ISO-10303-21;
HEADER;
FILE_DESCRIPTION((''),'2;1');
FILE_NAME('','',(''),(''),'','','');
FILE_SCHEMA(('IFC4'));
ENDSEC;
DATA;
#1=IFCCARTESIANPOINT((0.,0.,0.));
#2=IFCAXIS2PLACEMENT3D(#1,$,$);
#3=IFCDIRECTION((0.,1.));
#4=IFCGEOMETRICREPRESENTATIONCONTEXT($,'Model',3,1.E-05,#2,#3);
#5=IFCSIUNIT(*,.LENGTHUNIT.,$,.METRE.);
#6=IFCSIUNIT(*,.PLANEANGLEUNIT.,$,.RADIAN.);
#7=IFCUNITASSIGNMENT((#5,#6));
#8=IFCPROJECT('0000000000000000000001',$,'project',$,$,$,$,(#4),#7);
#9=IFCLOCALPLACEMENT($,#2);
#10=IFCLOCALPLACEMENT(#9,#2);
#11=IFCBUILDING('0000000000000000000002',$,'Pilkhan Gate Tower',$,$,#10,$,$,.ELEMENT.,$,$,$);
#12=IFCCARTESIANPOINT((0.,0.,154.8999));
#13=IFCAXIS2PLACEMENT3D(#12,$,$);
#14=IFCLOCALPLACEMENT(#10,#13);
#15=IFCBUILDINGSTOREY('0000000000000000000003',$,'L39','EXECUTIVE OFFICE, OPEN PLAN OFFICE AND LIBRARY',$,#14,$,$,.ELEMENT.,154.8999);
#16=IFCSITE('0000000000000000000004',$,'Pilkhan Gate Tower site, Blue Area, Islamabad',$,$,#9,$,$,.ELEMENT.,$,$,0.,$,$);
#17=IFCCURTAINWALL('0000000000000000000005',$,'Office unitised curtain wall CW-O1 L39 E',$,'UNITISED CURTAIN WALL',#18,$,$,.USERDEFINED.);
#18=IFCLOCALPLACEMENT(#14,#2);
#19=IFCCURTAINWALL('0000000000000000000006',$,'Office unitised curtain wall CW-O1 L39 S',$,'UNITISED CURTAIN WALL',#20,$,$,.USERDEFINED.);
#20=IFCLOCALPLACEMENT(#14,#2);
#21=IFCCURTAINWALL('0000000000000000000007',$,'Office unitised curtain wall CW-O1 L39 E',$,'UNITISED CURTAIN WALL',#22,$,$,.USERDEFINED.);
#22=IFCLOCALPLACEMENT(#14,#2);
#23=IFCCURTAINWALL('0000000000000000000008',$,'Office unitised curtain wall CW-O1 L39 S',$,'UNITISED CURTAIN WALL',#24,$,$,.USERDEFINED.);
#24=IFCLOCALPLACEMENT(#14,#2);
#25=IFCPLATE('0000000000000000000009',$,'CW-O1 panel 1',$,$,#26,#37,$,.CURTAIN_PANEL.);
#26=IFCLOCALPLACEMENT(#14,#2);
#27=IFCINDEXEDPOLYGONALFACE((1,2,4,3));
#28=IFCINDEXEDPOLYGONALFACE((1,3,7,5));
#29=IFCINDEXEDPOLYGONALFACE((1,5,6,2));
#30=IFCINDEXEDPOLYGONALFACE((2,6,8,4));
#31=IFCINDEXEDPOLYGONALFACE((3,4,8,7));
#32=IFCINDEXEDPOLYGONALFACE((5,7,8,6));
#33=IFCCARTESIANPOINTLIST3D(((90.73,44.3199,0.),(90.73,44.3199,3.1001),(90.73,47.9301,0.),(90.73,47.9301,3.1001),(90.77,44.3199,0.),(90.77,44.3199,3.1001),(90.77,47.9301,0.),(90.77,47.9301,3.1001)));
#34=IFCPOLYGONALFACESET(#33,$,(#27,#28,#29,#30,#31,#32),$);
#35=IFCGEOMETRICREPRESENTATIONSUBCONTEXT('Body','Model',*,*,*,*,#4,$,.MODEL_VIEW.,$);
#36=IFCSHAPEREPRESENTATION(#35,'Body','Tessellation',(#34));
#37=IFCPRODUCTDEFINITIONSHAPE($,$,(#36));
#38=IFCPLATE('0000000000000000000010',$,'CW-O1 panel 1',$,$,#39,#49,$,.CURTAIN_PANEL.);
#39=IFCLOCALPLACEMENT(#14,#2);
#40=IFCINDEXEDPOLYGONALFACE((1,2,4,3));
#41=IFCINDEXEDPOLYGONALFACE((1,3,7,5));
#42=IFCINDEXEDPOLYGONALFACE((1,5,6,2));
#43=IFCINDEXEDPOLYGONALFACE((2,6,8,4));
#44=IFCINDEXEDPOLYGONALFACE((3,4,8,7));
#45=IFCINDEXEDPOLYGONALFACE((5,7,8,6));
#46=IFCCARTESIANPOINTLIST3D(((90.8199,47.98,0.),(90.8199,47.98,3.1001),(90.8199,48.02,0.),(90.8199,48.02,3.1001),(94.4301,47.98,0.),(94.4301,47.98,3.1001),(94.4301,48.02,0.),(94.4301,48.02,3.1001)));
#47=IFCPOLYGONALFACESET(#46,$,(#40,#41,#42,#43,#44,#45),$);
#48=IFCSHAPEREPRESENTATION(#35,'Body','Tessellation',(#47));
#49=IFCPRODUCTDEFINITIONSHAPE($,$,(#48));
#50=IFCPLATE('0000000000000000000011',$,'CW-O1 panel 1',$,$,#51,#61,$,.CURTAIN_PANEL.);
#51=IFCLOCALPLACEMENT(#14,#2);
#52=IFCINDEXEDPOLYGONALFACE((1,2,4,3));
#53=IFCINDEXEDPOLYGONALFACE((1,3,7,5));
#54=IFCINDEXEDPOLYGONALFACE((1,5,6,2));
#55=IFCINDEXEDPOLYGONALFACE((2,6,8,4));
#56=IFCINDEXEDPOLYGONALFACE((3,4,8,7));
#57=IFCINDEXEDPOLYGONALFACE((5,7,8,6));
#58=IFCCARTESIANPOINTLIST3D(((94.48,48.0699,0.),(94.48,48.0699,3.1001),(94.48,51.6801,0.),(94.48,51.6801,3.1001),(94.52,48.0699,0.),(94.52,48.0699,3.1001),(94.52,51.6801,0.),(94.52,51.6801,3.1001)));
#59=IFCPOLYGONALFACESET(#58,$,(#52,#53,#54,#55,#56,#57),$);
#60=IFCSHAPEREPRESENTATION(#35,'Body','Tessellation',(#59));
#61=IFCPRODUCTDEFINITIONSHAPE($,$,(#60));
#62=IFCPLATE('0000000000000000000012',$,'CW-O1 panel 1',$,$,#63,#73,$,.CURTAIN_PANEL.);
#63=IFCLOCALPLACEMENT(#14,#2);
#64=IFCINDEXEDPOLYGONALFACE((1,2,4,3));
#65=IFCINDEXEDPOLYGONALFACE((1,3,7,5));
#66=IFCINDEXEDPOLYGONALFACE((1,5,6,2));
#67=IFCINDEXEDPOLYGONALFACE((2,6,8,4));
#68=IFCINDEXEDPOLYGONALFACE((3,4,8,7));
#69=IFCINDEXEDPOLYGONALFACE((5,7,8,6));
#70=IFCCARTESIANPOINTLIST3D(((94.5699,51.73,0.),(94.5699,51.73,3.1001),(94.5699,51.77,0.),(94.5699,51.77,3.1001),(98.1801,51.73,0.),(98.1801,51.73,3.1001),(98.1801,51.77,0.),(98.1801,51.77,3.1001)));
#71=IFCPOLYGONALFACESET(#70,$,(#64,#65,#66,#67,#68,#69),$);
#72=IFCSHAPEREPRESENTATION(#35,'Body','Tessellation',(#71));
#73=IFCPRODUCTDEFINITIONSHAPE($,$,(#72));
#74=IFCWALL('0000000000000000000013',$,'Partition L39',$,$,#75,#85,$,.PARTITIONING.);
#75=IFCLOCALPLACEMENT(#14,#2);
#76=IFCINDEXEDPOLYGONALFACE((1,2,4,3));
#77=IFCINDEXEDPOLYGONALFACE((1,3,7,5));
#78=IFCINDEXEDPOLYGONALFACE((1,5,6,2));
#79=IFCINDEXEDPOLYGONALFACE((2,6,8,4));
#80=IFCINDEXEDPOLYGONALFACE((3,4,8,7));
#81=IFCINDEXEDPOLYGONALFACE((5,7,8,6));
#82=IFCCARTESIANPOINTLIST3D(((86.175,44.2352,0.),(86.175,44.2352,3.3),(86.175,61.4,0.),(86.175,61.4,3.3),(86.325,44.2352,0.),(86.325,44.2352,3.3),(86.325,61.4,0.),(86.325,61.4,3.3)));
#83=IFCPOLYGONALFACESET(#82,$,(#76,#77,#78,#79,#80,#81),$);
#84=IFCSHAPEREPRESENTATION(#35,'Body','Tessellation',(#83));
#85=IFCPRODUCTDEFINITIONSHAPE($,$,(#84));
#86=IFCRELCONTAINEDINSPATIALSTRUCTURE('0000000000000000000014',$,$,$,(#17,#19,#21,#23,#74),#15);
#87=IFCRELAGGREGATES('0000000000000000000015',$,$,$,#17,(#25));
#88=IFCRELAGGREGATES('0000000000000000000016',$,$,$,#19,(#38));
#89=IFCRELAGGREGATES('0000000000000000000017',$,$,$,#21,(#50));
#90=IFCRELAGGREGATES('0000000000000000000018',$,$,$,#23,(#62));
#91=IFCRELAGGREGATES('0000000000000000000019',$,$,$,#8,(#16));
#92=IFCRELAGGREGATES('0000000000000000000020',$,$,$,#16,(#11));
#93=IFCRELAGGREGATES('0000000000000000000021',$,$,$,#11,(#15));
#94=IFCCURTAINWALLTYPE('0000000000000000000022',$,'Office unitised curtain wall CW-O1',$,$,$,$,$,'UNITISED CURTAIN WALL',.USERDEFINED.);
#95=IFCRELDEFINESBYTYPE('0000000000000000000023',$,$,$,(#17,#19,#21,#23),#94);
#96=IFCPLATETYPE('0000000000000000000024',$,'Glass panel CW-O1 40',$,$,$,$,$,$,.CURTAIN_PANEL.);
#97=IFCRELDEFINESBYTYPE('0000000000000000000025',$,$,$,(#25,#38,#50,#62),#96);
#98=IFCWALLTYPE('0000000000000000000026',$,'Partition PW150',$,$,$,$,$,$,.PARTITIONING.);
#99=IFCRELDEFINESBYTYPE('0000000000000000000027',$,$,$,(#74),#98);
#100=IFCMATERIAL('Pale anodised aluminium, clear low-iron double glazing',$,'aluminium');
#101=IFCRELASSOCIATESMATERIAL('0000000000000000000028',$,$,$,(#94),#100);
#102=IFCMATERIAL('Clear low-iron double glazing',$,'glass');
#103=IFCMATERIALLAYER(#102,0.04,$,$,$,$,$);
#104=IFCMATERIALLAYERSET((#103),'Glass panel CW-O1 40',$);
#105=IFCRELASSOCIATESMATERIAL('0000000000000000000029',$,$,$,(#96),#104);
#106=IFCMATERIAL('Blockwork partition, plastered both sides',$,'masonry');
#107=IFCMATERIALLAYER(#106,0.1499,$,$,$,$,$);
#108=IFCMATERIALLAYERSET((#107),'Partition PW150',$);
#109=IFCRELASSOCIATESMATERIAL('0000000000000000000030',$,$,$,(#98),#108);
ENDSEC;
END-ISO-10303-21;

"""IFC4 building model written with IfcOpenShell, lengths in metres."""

from ifc_helpers import new_model, si_unit, direction, frame, frame_2d, origin, origin_2d, place, context, subcontext, project, spatial, rectangle, extrude, material, layer, layer_set, type_object, element, aggregate, save


model = new_model("IFC4")

# Units and contexts
model_context = context("Model", 3, precision=1e-05, world=origin(), true_north=direction((0.0, 1.0)))
body_context = subcontext(model_context, "Body", "Model", "MODEL_VIEW")
ifc_project = project(units=[si_unit("LENGTHUNIT", "METRE"), si_unit("PLANEANGLEUNIT", "RADIAN")], contexts=[model_context])

# Site, building, storey
site_placement = place(None, origin())
site = spatial("IfcSite", under=ifc_project, at=site_placement, Name="Pilkhan Gate Tower site, Blue Area, Islamabad", CompositionType="ELEMENT", RefElevation=0.0)
building_placement = place(site_placement, origin())
building = spatial("IfcBuilding", under=site, at=building_placement, Name="Pilkhan Gate Tower", CompositionType="ELEMENT")
storey_placement = place(building_placement, frame((0.0, 0.0, 154.8999)))
storey = spatial("IfcBuildingStorey", under=building, at=storey_placement, Name="L39", Description="EXECUTIVE OFFICE, OPEN PLAN OFFICE AND LIBRARY", CompositionType="ELEMENT", Elevation=154.8999)

# Shared definitions
ifc_material_1 = material(Name="Pale anodised aluminium, clear low-iron double glazing", Category="aluminium")
curtain_wall_type = type_object("IfcCurtainWallType", Name="Office unitised curtain wall CW-O1", ElementType="UNITISED CURTAIN WALL", PredefinedType="USERDEFINED", material=ifc_material_1)

# Curtain walls
curtain_wall_1_placement = place(storey_placement, origin())
curtain_wall_1 = element("IfcCurtainWall", 1, at=curtain_wall_1_placement, inside=storey, type_object=curtain_wall_type, Name="Office unitised curtain wall CW-O1 L39 E", ObjectType="UNITISED CURTAIN WALL", PredefinedType="USERDEFINED")
curtain_wall_2_placement = place(storey_placement, origin())
curtain_wall_2 = element("IfcCurtainWall", 2, at=curtain_wall_2_placement, inside=storey, type_object=curtain_wall_type, Name="Office unitised curtain wall CW-O1 L39 S", ObjectType="UNITISED CURTAIN WALL", PredefinedType="USERDEFINED")
curtain_wall_3_placement = place(storey_placement, origin())
curtain_wall_3 = element("IfcCurtainWall", 3, at=curtain_wall_3_placement, inside=storey, type_object=curtain_wall_type, Name="Office unitised curtain wall CW-O1 L39 E", ObjectType="UNITISED CURTAIN WALL", PredefinedType="USERDEFINED")
curtain_wall_4_placement = place(storey_placement, origin())
curtain_wall_4 = element("IfcCurtainWall", 4, at=curtain_wall_4_placement, inside=storey, type_object=curtain_wall_type, Name="Office unitised curtain wall CW-O1 L39 S", ObjectType="UNITISED CURTAIN WALL", PredefinedType="USERDEFINED")

# Plates
ifc_material_2 = material(Name="Clear low-iron double glazing", Category="glass")
ifc_layer_1 = layer(ifc_material_2, 0.04)
ifc_layer_set_1 = layer_set([ifc_layer_1], Name="Glass panel CW-O1 40")
plate_type = type_object("IfcPlateType", Name="Glass panel CW-O1 40", PredefinedType="CURTAIN_PANEL", material=ifc_layer_set_1)
plate_1_placement = place(storey_placement, frame((90.75, 46.125, 0.0), z_axis=(0.0, 0.0, 1.0), x_axis=(0.0, 1.0, 0.0)))
plate_1 = element("IfcPlate", 5, at=plate_1_placement, type_object=plate_type, Name="CW-O1 panel 1", PredefinedType="CURTAIN_PANEL", context=body_context, shape_type="SweptSolid", body=[
    extrude(rectangle(XDim=3.6101, YDim=0.04, at=origin_2d()), origin(), (0.0, 0.0, 1.0), 3.1001),
])
aggregate(curtain_wall_1, [plate_1])
plate_2_placement = place(storey_placement, frame((92.625, 48.0, 0.0), z_axis=(0.0, 0.0, 1.0), x_axis=(1.0, 0.0, 0.0)))
plate_2 = element("IfcPlate", 6, at=plate_2_placement, type_object=plate_type, Name="CW-O1 panel 1", PredefinedType="CURTAIN_PANEL", context=body_context, shape_type="SweptSolid", body=[
    extrude(rectangle(XDim=3.6101, YDim=0.04, at=origin_2d()), origin(), (0.0, 0.0, 1.0), 3.1001),
])
aggregate(curtain_wall_2, [plate_2])
plate_3_placement = place(storey_placement, frame((94.5, 49.875, 0.0), z_axis=(0.0, 0.0, 1.0), x_axis=(0.0, 1.0, 0.0)))
plate_3 = element("IfcPlate", 7, at=plate_3_placement, type_object=plate_type, Name="CW-O1 panel 1", PredefinedType="CURTAIN_PANEL", context=body_context, shape_type="SweptSolid", body=[
    extrude(rectangle(XDim=3.6101, YDim=0.04, at=origin_2d()), origin(), (0.0, 0.0, 1.0), 3.1001),
])
aggregate(curtain_wall_3, [plate_3])
plate_4_placement = place(storey_placement, frame((96.375, 51.75, 0.0), z_axis=(0.0, 0.0, 1.0), x_axis=(1.0, 0.0, 0.0)))
plate_4 = element("IfcPlate", 8, at=plate_4_placement, type_object=plate_type, Name="CW-O1 panel 1", PredefinedType="CURTAIN_PANEL", context=body_context, shape_type="SweptSolid", body=[
    extrude(rectangle(XDim=3.6101, YDim=0.04, at=origin_2d()), origin(), (0.0, 0.0, 1.0), 3.1001),
])
aggregate(curtain_wall_4, [plate_4])

# Wall
ifc_material_3 = material(Name="Blockwork partition, plastered both sides", Category="masonry")
ifc_layer_2 = layer(ifc_material_3, 0.1499)
ifc_layer_set_2 = layer_set([ifc_layer_2], Name="Partition PW150")
wall_type = type_object("IfcWallType", Name="Partition PW150", PredefinedType="PARTITIONING", material=ifc_layer_set_2)
wall_placement = place(storey_placement, frame((86.25, 44.2351, 0.0), z_axis=(0.0, 0.0, 1.0), x_axis=(0.0, 1.0, 0.0)))
element("IfcWall", 9, at=wall_placement, inside=storey, type_object=wall_type, Name="Partition L39", PredefinedType="PARTITIONING", context=body_context, shape_type="SweptSolid", body=[
    extrude(rectangle(XDim=17.1648, YDim=0.1499, at=frame_2d((8.5825, 0.0))), origin(), (0.0, 0.0, 1.0), 3.3),
])

save(model, "model.ifc")
